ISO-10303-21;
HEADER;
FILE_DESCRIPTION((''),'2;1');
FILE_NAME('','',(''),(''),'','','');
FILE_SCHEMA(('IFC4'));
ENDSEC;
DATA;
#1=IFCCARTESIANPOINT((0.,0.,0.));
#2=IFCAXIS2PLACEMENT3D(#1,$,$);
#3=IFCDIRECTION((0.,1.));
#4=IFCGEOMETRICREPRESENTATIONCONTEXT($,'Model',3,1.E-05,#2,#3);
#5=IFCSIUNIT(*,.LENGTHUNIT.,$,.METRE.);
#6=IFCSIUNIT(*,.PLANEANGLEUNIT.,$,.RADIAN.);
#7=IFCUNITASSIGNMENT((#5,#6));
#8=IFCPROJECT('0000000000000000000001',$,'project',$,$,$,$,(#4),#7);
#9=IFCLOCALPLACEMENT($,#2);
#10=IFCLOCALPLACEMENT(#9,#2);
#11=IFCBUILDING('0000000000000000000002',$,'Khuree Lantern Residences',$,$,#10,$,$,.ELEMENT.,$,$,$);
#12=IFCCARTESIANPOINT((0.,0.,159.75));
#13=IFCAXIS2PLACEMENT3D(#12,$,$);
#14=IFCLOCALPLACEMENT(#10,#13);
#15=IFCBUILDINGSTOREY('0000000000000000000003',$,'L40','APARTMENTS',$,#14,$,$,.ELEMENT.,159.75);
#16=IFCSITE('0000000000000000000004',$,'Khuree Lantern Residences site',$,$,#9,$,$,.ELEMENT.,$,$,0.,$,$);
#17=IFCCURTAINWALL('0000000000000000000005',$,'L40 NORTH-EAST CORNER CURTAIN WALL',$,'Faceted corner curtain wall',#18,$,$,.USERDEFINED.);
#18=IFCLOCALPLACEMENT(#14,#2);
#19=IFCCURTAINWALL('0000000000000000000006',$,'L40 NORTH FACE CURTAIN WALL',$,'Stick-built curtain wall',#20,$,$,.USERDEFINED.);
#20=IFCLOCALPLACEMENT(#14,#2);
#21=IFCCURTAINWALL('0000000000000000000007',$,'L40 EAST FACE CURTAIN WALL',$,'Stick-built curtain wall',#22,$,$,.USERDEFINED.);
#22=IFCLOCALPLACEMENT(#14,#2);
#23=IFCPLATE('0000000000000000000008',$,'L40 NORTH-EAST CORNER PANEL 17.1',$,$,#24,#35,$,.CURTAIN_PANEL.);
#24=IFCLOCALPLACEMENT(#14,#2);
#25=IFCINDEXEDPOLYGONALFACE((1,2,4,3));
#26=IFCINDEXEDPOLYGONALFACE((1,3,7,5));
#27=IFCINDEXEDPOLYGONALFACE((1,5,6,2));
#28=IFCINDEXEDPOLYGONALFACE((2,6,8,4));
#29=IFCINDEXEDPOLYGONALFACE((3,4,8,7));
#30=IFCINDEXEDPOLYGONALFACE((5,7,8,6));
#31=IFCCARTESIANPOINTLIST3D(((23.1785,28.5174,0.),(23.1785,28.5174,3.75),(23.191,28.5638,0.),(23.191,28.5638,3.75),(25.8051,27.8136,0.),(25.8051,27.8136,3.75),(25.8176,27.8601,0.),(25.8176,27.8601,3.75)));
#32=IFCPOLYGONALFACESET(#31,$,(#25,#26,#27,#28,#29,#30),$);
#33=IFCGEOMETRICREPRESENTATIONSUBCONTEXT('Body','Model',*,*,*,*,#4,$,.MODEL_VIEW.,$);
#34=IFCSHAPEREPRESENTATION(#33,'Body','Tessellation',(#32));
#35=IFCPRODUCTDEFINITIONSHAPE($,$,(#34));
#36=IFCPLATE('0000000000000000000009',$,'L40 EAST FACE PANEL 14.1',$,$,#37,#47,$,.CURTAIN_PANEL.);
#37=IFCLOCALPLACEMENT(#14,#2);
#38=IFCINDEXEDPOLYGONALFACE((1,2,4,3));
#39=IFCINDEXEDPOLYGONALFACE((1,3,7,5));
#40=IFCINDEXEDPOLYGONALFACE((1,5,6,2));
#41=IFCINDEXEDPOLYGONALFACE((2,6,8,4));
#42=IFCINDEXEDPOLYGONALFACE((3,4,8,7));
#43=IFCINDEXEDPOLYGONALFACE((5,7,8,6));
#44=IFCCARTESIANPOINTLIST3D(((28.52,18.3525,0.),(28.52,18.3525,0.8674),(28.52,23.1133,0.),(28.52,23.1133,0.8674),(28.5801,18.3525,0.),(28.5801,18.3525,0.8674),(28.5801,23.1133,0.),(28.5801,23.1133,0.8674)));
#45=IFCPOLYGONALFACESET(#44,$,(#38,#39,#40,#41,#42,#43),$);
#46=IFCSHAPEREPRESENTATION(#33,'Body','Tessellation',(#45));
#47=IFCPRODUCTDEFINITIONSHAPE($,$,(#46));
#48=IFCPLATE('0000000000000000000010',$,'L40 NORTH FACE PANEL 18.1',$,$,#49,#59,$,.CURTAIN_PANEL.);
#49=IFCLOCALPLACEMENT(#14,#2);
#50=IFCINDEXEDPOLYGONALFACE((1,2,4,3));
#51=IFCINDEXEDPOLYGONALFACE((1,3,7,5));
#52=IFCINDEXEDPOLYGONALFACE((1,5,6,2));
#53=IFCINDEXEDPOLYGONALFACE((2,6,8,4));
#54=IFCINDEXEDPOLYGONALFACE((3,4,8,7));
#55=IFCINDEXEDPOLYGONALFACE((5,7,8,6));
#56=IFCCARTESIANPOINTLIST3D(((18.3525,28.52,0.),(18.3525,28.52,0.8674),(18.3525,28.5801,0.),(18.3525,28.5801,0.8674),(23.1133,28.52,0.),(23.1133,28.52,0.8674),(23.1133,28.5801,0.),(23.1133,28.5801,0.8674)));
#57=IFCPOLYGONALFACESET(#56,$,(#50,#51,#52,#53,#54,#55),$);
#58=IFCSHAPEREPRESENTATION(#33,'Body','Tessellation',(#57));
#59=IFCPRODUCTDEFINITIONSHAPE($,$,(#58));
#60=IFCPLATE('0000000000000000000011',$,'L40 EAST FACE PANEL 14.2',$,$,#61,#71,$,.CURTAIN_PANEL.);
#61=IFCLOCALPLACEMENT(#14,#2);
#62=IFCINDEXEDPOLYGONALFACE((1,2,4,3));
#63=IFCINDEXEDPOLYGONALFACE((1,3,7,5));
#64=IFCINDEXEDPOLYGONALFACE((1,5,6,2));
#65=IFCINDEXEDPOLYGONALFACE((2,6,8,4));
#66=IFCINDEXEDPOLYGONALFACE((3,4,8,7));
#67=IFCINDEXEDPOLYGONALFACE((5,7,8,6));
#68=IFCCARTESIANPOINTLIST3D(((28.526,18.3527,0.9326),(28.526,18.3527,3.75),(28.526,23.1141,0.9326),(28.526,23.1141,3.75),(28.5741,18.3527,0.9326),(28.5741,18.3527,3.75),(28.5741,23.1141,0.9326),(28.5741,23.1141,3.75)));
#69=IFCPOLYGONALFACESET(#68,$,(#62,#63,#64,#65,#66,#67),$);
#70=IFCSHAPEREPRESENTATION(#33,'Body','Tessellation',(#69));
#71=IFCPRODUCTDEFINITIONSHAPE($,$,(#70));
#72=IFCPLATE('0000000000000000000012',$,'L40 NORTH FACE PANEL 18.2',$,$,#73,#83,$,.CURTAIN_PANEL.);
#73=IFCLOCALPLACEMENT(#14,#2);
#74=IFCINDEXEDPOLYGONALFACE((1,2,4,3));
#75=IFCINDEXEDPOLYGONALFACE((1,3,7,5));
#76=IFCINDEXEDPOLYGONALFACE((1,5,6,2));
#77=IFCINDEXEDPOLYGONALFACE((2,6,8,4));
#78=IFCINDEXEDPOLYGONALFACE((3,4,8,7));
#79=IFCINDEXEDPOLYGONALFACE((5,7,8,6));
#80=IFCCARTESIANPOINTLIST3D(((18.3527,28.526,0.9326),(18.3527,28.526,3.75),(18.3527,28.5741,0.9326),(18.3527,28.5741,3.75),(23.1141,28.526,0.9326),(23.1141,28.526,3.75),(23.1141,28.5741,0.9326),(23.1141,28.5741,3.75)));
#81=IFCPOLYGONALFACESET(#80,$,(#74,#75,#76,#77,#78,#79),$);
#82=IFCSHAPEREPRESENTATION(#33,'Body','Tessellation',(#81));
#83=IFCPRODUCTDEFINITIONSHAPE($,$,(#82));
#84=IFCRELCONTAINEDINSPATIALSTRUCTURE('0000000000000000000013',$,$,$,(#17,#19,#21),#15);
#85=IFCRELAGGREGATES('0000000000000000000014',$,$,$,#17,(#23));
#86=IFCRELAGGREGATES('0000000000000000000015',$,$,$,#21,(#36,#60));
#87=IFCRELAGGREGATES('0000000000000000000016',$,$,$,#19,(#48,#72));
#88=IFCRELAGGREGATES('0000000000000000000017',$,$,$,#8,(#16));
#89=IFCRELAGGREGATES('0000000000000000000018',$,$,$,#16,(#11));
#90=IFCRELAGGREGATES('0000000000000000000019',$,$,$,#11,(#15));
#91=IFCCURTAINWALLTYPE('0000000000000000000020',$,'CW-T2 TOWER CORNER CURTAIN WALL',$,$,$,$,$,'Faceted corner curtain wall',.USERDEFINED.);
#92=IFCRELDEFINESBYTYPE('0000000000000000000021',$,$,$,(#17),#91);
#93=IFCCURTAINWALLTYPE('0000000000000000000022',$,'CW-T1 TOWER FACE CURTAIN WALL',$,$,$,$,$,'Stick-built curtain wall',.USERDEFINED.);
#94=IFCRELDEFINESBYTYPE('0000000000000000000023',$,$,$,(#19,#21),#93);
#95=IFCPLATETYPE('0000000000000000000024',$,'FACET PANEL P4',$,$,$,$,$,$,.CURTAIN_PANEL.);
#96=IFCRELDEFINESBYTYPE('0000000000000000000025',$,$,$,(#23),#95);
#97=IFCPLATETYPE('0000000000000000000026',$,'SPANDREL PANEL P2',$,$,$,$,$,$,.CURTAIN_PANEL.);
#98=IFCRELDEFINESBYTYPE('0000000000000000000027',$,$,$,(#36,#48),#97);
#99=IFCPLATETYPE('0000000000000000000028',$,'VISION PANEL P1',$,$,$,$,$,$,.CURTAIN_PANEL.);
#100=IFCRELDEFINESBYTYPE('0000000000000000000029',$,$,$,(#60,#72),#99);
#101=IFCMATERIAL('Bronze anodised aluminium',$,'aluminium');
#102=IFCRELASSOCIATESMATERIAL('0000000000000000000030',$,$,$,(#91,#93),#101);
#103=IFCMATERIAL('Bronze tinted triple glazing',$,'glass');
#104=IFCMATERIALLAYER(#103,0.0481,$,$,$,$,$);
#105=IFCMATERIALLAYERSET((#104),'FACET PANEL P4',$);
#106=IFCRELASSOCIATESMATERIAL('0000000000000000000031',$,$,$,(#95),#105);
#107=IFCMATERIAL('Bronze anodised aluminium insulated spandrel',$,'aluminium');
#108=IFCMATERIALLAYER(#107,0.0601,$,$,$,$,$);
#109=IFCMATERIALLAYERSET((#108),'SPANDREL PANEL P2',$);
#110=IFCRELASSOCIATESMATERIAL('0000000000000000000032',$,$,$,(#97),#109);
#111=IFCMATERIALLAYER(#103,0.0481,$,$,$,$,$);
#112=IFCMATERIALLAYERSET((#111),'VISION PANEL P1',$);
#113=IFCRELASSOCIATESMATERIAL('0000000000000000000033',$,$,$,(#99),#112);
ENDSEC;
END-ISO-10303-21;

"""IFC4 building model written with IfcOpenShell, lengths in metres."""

from ifc_helpers import new_model, si_unit, direction, frame, origin, origin_2d, place, context, subcontext, project, spatial, rectangle, extrude, material, layer, layer_set, type_object, element, aggregate, save


model = new_model("IFC4")

# Units and contexts
model_context = context("Model", 3, precision=1e-05, world=origin(), true_north=direction((0.0, 1.0)))
body_context = subcontext(model_context, "Body", "Model", "MODEL_VIEW")
ifc_project = project(units=[si_unit("LENGTHUNIT", "METRE"), si_unit("PLANEANGLEUNIT", "RADIAN")], contexts=[model_context])

# Site, building, storey
site_placement = place(None, origin())
site = spatial("IfcSite", under=ifc_project, at=site_placement, Name="Khuree Lantern Residences site", CompositionType="ELEMENT", RefElevation=0.0)
building_placement = place(site_placement, origin())
building = spatial("IfcBuilding", under=site, at=building_placement, Name="Khuree Lantern Residences", CompositionType="ELEMENT")
storey_placement = place(building_placement, frame((0.0, 0.0, 159.75)))
storey = spatial("IfcBuildingStorey", under=building, at=storey_placement, Name="L40", Description="APARTMENTS", CompositionType="ELEMENT", Elevation=159.75)

# Curtain walls
ifc_material_1 = material(Name="Bronze anodised aluminium", Category="aluminium")
curtain_wall_type_1 = type_object("IfcCurtainWallType", Name="CW-T2 TOWER CORNER CURTAIN WALL", ElementType="Faceted corner curtain wall", PredefinedType="USERDEFINED", material=ifc_material_1)
curtain_wall_1_placement = place(storey_placement, origin())
curtain_wall_1 = element("IfcCurtainWall", 1, at=curtain_wall_1_placement, inside=storey, type_object=curtain_wall_type_1, Name="L40 NORTH-EAST CORNER CURTAIN WALL", ObjectType="Faceted corner curtain wall", PredefinedType="USERDEFINED")
curtain_wall_type_2 = type_object("IfcCurtainWallType", Name="CW-T1 TOWER FACE CURTAIN WALL", ElementType="Stick-built curtain wall", PredefinedType="USERDEFINED", material=ifc_material_1)
curtain_wall_2_placement = place(storey_placement, origin())
curtain_wall_2 = element("IfcCurtainWall", 2, at=curtain_wall_2_placement, inside=storey, type_object=curtain_wall_type_2, Name="L40 NORTH FACE CURTAIN WALL", ObjectType="Stick-built curtain wall", PredefinedType="USERDEFINED")

# Curtain wall
curtain_wall_3_placement = place(storey_placement, origin())
curtain_wall_3 = element("IfcCurtainWall", 3, at=curtain_wall_3_placement, inside=storey, type_object=curtain_wall_type_2, Name="L40 EAST FACE CURTAIN WALL", ObjectType="Stick-built curtain wall", PredefinedType="USERDEFINED")

# Plates
ifc_material_2 = material(Name="Bronze tinted triple glazing", Category="glass")
ifc_layer_1 = layer(ifc_material_2, 0.0481)
ifc_layer_set_1 = layer_set([ifc_layer_1], Name="FACET PANEL P4")
plate_type_1 = type_object("IfcPlateType", Name="FACET PANEL P4", PredefinedType="CURTAIN_PANEL", material=ifc_layer_set_1)
plate_1_placement = place(storey_placement, frame((24.498, 28.1887, 0.0), z_axis=(0.0, 0.0, 1.0), x_axis=(-0.965926, 0.258819, 0.0)))
plate_1 = element("IfcPlate", 4, at=plate_1_placement, type_object=plate_type_1, Name="L40 NORTH-EAST CORNER PANEL 17.1", PredefinedType="CURTAIN_PANEL", context=body_context, shape_type="SweptSolid", body=[
    extrude(rectangle(XDim=2.7192, YDim=0.0481, at=origin_2d()), origin(), (0.0, 0.0, 1.0), 3.75),
])
aggregate(curtain_wall_1, [plate_1])
ifc_material_3 = material(Name="Bronze anodised aluminium insulated spandrel", Category="aluminium")
ifc_layer_2 = layer(ifc_material_3, 0.0601)
ifc_layer_set_2 = layer_set([ifc_layer_2], Name="SPANDREL PANEL P2")
plate_type_2 = type_object("IfcPlateType", Name="SPANDREL PANEL P2", PredefinedType="CURTAIN_PANEL", material=ifc_layer_set_2)
plate_2_placement = place(storey_placement, frame((28.55, 20.7329, 0.0), z_axis=(0.0, 0.0, 1.0), x_axis=(0.0, 1.0, 0.0)))
plate_2 = element("IfcPlate", 5, at=plate_2_placement, type_object=plate_type_2, Name="L40 EAST FACE PANEL 14.1", PredefinedType="CURTAIN_PANEL", context=body_context, shape_type="SweptSolid", body=[
    extrude(rectangle(XDim=4.7607, YDim=0.0601, at=origin_2d()), origin(), (0.0, 0.0, 1.0), 0.8674),
])
plate_3_placement = place(storey_placement, frame((20.7329, 28.55, 0.0), z_axis=(0.0, 0.0, 1.0), x_axis=(-1.0, 0.0, 0.0)))
plate_3 = element("IfcPlate", 6, at=plate_3_placement, type_object=plate_type_2, Name="L40 NORTH FACE PANEL 18.1", PredefinedType="CURTAIN_PANEL", context=body_context, shape_type="SweptSolid", body=[
    extrude(rectangle(XDim=4.7607, YDim=0.0601, at=origin_2d()), origin(), (0.0, 0.0, 1.0), 0.8674),
])
ifc_layer_3 = layer(ifc_material_2, 0.0481)
ifc_layer_set_3 = layer_set([ifc_layer_3], Name="VISION PANEL P1")
plate_type_3 = type_object("IfcPlateType", Name="VISION PANEL P1", PredefinedType="CURTAIN_PANEL", material=ifc_layer_set_3)
plate_4_placement = place(storey_placement, frame((28.55, 20.7334, 0.9326), z_axis=(0.0, 0.0, 1.0), x_axis=(0.0, 1.0, 0.0)))
plate_4 = element("IfcPlate", 7, at=plate_4_placement, type_object=plate_type_3, Name="L40 EAST FACE PANEL 14.2", PredefinedType="CURTAIN_PANEL", context=body_context, shape_type="SweptSolid", body=[
    extrude(rectangle(XDim=4.7615, YDim=0.0481, at=origin_2d()), origin(), (0.0, 0.0, 1.0), 2.8174),
])
aggregate(curtain_wall_3, [plate_2, plate_4])
plate_5_placement = place(storey_placement, frame((20.7334, 28.55, 0.9326), z_axis=(0.0, 0.0, 1.0), x_axis=(-1.0, 0.0, 0.0)))
plate_5 = element("IfcPlate", 8, at=plate_5_placement, type_object=plate_type_3, Name="L40 NORTH FACE PANEL 18.2", PredefinedType="CURTAIN_PANEL", context=body_context, shape_type="SweptSolid", body=[
    extrude(rectangle(XDim=4.7615, YDim=0.0481, at=origin_2d()), origin(), (0.0, 0.0, 1.0), 2.8174),
])
aggregate(curtain_wall_2, [plate_3, plate_5])

save(model, "model.ifc")
